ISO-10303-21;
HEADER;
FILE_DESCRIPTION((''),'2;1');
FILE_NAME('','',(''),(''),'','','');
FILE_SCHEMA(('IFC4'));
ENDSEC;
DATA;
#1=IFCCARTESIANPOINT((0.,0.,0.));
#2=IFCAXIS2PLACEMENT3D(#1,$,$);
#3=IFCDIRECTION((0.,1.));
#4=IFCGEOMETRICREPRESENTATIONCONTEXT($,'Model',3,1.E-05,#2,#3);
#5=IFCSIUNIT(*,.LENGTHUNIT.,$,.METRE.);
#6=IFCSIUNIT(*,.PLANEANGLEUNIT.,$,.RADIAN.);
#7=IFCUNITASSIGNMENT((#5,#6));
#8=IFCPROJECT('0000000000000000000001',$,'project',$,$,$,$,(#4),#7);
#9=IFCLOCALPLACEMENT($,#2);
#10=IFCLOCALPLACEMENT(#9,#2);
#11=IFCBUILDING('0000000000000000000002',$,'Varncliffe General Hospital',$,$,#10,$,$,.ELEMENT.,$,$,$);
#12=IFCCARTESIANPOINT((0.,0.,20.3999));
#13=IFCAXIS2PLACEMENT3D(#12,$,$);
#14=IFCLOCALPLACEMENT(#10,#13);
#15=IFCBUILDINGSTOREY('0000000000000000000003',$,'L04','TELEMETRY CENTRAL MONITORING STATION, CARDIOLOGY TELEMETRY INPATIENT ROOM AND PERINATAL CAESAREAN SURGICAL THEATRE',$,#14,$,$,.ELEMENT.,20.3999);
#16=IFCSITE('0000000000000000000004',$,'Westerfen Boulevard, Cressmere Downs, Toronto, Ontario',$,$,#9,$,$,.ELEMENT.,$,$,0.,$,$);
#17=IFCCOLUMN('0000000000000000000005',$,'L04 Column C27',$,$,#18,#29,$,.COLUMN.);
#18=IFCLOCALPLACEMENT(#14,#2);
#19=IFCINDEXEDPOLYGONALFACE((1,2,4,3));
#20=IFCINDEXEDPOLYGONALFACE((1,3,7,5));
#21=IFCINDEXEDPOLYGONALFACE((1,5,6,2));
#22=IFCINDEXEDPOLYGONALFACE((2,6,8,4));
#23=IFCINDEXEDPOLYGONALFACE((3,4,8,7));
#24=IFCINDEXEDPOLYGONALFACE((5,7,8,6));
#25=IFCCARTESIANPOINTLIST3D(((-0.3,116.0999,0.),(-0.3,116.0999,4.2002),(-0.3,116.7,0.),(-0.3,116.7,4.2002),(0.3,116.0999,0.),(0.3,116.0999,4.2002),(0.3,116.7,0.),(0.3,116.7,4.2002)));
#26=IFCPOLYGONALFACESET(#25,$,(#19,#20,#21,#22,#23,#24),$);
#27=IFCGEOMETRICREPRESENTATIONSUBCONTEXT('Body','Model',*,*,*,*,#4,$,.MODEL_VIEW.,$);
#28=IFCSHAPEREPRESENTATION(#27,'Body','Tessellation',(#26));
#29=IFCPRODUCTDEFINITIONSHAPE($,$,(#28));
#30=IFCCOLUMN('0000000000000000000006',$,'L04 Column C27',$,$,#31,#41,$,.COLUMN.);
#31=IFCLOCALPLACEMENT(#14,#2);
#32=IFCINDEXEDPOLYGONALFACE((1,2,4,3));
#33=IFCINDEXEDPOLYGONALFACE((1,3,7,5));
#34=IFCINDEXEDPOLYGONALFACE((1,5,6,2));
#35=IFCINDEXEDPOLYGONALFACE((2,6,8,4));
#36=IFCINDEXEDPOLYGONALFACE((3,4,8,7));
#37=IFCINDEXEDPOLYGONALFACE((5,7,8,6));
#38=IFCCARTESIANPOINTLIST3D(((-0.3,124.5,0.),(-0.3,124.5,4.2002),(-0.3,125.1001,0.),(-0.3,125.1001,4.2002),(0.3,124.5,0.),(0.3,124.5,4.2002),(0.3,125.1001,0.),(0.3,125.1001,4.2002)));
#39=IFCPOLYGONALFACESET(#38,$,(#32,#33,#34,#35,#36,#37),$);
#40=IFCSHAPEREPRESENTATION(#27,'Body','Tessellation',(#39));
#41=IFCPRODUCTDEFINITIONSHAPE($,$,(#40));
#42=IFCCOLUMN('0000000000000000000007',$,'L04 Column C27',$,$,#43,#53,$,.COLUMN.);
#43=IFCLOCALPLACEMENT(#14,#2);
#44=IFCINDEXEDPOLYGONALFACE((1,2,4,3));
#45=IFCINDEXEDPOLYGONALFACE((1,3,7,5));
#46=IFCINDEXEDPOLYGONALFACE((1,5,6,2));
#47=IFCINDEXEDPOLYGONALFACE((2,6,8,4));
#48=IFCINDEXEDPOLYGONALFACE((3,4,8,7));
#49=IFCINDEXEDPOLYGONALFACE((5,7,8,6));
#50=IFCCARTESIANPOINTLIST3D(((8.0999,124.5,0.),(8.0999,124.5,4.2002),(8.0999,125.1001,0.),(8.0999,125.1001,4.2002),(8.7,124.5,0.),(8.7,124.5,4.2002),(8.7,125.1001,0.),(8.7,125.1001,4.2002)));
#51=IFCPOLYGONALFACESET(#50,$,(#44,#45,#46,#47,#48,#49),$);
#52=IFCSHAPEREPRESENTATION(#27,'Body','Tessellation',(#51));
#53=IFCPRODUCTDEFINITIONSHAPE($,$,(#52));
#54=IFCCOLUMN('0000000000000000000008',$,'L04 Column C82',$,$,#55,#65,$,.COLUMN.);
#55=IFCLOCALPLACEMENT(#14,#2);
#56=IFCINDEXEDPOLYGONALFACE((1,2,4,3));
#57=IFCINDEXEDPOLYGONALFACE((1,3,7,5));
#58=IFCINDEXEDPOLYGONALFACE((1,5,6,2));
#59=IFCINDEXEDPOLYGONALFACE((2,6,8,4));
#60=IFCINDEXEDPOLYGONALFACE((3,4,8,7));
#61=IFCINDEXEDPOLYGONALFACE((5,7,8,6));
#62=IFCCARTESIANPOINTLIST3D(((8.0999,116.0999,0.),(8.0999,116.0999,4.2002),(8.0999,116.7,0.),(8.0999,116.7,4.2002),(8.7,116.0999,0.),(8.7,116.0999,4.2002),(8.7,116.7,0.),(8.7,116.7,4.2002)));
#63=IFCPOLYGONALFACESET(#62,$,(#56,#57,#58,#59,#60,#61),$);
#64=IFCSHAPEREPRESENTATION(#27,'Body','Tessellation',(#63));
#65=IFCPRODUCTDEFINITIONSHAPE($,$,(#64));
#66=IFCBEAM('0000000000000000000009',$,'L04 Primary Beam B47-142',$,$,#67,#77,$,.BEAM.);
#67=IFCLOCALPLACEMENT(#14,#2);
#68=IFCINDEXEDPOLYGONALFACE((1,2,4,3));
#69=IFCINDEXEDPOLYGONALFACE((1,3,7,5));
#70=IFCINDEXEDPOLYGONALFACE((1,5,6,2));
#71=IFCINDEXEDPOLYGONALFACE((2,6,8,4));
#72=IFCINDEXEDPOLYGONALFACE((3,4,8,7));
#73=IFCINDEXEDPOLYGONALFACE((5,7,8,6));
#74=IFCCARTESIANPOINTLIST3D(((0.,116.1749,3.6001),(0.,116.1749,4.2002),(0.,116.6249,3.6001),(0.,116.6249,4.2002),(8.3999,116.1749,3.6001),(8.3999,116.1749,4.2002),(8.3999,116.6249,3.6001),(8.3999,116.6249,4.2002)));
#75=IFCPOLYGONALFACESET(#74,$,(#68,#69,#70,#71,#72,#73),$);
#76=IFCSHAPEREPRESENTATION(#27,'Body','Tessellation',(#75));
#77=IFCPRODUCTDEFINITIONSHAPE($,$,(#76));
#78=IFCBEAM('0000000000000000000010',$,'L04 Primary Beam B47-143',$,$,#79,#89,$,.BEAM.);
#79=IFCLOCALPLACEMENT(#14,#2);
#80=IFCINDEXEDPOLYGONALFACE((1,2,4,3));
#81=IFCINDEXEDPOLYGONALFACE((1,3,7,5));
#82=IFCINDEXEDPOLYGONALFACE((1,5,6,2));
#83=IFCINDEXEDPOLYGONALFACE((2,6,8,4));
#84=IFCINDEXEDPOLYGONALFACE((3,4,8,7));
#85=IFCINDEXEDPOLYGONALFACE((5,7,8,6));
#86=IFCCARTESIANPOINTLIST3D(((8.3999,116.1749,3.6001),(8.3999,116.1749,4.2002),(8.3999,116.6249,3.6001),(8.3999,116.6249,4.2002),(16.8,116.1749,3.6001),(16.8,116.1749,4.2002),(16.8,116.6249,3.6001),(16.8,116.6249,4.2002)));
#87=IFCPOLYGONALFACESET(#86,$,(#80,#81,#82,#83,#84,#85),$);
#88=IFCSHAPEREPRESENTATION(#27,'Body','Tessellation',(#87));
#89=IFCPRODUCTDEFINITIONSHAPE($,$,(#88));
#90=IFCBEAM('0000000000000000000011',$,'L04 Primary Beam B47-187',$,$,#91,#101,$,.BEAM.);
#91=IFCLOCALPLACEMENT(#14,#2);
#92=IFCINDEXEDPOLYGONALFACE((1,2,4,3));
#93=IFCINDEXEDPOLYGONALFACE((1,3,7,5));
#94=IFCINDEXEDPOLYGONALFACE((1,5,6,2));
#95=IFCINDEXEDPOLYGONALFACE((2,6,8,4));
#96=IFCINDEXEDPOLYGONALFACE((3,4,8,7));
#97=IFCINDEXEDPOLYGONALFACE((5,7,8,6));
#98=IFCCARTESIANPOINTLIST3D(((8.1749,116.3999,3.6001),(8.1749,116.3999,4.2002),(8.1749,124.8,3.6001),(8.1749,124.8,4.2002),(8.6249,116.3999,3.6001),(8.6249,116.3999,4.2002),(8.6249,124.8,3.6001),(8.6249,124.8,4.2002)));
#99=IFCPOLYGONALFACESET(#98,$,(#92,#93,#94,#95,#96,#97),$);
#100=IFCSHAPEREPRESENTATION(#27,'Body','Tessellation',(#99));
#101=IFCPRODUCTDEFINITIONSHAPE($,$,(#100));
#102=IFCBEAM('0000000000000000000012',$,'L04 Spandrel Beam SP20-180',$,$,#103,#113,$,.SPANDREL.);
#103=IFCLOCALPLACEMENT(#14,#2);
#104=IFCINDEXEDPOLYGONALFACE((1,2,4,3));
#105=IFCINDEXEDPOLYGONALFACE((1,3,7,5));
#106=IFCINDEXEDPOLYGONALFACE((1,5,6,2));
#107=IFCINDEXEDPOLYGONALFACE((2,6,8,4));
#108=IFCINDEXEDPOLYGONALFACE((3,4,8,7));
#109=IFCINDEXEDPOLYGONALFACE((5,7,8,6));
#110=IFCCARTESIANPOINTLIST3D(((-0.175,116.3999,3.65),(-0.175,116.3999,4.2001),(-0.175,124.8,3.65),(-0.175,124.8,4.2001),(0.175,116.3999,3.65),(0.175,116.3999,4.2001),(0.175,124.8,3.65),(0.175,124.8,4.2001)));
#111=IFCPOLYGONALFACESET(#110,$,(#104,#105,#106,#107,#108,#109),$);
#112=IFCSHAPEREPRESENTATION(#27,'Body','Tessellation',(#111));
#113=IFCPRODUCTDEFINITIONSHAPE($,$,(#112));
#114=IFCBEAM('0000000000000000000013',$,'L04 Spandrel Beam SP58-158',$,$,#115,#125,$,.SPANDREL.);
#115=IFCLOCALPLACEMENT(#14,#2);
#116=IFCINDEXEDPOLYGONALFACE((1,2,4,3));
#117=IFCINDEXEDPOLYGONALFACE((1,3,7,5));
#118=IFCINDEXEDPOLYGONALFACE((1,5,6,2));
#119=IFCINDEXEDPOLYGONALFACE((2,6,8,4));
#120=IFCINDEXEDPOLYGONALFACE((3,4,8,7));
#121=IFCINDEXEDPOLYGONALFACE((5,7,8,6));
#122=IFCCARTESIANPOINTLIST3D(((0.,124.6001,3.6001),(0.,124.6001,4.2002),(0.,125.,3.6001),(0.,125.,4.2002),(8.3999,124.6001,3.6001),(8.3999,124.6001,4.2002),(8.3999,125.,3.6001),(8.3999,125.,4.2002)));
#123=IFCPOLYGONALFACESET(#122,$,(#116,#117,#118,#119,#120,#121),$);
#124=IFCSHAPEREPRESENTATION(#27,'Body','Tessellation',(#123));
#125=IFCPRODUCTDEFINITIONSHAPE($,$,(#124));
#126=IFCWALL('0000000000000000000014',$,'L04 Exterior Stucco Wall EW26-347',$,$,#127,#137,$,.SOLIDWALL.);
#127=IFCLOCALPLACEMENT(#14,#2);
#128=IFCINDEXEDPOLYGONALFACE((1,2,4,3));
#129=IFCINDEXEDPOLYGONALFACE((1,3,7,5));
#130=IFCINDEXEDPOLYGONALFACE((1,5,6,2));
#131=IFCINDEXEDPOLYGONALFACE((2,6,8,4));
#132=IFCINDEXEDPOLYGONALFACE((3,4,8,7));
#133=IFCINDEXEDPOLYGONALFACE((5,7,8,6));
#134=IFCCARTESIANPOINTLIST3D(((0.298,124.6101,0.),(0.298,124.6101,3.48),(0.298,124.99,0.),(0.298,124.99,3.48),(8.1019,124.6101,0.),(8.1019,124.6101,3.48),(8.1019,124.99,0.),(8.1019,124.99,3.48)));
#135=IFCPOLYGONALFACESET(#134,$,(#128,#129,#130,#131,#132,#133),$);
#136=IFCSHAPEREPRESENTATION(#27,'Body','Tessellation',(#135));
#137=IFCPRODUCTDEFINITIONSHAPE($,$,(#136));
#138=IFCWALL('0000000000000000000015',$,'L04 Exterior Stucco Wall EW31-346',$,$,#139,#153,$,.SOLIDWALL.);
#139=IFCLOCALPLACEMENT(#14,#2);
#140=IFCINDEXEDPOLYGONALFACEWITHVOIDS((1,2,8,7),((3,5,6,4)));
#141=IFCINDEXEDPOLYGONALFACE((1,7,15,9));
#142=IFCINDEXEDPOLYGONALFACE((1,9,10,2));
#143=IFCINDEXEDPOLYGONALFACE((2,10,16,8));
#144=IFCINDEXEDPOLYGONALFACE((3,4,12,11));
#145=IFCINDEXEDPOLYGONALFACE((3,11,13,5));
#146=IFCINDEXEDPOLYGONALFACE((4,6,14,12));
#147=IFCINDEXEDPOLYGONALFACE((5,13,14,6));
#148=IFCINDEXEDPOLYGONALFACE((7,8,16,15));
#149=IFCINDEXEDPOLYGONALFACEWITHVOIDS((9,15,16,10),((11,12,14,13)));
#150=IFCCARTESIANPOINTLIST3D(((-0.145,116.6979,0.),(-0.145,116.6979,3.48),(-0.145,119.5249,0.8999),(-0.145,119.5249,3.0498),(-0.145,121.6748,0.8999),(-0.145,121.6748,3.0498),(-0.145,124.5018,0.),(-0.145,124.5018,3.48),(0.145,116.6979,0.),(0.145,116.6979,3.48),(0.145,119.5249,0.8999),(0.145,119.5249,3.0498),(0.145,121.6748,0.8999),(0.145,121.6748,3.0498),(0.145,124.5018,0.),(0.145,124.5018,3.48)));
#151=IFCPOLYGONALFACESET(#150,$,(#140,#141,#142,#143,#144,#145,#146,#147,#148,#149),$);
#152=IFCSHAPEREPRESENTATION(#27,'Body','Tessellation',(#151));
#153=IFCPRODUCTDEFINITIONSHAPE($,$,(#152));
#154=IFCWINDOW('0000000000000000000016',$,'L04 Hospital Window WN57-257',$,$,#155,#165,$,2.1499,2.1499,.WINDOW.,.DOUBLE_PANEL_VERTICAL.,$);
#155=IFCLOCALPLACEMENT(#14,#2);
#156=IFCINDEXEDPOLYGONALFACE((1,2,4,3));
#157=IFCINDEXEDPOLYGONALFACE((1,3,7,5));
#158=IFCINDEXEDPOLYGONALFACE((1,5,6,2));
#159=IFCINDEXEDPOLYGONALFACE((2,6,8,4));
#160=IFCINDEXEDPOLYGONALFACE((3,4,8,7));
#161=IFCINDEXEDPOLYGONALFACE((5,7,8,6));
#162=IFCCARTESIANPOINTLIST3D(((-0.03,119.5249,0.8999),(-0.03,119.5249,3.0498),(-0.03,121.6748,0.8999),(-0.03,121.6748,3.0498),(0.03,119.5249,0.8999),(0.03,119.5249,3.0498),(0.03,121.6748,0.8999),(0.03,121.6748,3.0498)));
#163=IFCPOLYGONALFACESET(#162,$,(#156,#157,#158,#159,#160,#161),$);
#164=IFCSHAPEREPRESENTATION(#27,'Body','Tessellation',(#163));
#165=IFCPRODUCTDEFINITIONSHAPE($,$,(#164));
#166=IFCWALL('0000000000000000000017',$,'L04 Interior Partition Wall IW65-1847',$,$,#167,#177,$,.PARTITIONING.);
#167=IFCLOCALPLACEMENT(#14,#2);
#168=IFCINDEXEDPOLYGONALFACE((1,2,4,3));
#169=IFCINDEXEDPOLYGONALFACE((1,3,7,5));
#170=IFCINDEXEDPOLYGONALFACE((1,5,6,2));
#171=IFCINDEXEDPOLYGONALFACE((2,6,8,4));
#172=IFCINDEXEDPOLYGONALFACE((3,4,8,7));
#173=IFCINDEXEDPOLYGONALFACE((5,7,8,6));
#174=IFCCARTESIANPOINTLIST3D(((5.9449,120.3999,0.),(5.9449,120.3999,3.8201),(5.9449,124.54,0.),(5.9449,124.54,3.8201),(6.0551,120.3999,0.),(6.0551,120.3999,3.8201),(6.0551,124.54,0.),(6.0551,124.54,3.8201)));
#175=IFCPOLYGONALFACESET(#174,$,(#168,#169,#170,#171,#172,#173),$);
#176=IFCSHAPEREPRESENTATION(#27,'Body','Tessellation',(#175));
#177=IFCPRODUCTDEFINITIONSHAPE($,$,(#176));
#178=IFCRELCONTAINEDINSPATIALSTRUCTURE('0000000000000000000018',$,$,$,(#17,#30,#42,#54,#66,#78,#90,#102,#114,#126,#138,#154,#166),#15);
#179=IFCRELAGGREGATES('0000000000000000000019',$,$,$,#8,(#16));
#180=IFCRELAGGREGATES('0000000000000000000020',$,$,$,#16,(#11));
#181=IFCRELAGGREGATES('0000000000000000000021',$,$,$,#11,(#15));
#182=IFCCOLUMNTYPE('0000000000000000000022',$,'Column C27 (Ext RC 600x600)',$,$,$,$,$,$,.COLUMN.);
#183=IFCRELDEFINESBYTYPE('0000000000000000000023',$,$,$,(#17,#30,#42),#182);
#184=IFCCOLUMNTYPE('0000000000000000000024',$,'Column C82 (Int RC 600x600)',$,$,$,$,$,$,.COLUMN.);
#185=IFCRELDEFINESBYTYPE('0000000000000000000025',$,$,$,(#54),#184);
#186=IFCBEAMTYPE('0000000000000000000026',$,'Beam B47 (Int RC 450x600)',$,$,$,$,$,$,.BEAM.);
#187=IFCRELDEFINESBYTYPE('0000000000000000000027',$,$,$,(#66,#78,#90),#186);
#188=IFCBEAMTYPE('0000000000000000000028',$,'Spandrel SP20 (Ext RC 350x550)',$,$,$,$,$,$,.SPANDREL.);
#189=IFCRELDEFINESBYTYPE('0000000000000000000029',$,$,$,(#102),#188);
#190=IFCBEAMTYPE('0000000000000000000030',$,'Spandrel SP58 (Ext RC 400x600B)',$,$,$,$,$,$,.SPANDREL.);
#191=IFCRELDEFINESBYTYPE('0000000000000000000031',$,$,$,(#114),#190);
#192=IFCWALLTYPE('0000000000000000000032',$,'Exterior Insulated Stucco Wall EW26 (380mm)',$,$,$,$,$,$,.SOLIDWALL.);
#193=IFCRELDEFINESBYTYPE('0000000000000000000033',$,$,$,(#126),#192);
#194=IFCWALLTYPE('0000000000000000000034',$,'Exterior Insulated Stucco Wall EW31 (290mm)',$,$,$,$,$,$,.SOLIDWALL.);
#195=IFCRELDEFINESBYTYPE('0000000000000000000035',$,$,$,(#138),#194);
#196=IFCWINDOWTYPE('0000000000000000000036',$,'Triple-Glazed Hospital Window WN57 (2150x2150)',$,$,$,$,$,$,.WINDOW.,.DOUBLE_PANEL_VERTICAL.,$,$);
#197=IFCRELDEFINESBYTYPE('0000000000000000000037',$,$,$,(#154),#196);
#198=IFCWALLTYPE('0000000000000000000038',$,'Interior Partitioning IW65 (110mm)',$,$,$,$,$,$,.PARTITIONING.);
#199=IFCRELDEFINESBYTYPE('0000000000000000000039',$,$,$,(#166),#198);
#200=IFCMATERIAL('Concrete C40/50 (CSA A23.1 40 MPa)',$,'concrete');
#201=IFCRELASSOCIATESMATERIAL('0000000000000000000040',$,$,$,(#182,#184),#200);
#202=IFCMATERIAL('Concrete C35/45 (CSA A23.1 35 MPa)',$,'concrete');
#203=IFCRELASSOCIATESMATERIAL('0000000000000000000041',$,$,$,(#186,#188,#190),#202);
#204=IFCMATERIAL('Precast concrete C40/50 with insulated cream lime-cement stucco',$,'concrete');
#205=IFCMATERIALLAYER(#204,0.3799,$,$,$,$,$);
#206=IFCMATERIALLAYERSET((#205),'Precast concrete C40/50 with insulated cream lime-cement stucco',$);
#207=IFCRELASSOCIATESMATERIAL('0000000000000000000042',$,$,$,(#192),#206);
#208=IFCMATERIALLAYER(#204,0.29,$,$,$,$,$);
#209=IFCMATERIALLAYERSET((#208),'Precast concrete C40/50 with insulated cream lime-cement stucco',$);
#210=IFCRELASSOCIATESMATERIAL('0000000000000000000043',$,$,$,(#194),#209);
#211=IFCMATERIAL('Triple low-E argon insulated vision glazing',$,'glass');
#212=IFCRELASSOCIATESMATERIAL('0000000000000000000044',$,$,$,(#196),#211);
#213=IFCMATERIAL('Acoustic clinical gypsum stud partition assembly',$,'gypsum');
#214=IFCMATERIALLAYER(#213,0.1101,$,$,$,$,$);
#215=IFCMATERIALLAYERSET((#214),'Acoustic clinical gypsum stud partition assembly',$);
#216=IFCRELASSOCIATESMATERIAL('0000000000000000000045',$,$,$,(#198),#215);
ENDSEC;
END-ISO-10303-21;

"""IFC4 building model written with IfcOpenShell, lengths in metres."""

from ifc_helpers import new_model, si_unit, direction, frame, frame_2d, origin, origin_2d, place, context, subcontext, project, spatial, rectangle, extrude, material, layer, layer_set, material_profile, profile_set, type_object, element, fill, save


model = new_model("IFC4")

# Units and contexts
model_context = context("Model", 3, precision=1e-05, world=origin(), true_north=direction((0.0, 1.0)))
body_context = subcontext(model_context, "Body", "Model", "MODEL_VIEW")
ifc_project = project(units=[si_unit("LENGTHUNIT", "METRE"), si_unit("PLANEANGLEUNIT", "RADIAN")], contexts=[model_context])

# Site, building, storey
site_placement = place(None, origin())
site = spatial("IfcSite", under=ifc_project, at=site_placement, Name="Westerfen Boulevard, Cressmere Downs, Toronto, Ontario", CompositionType="ELEMENT", RefElevation=0.0)
building_placement = place(site_placement, origin())
building = spatial("IfcBuilding", under=site, at=building_placement, Name="Varncliffe General Hospital", CompositionType="ELEMENT")
storey_placement = place(building_placement, frame((0.0, 0.0, 20.3999)))
storey = spatial("IfcBuildingStorey", under=building, at=storey_placement, Name="L04", Description="TELEMETRY CENTRAL MONITORING STATION, CARDIOLOGY TELEMETRY INPATIENT ROOM AND PERINATAL CAESAREAN SURGICAL THEATRE", CompositionType="ELEMENT", Elevation=20.3999)

# Columns
ifc_material_1 = material(Name="Concrete C40/50 (CSA A23.1 40 MPa)", Category="concrete")
ifc_material_profile_1 = material_profile(ifc_material_1, rectangle(XDim=0.6001, YDim=0.6001, at=origin_2d()), Name="RC 600x600")
ifc_profile_set_1 = profile_set([ifc_material_profile_1], Name="Concrete C40/50 (CSA A23.1 40 MPa)")
column_type_1 = type_object("IfcColumnType", Name="Column C27 (Ext RC 600x600)", PredefinedType="COLUMN", material=ifc_profile_set_1)
for number, where, z_axis, x_axis, name in (
    (1, (0.0, 116.3999, 0.0), (0.0, 0.0, 1.0), (1.0, 0.0, 0.0), "L04 Column C27"),
    (2, (0.0, 124.8, 0.0), (0.0, 0.0, 1.0), (1.0, 0.0, 0.0), "L04 Column C27"),
    (3, (8.3999, 124.8, 0.0), (0.0, 0.0, 1.0), (1.0, 0.0, 0.0), "L04 Column C27"),
):
    element("IfcColumn", number, at=place(storey_placement, frame(where, z_axis=z_axis, x_axis=x_axis)), inside=storey, type_object=column_type_1, Name=name, PredefinedType="COLUMN", context=body_context, shape_type="SweptSolid", body=[
        extrude(rectangle(XDim=0.6001, YDim=0.6001, at=origin_2d()), origin(), (0.0, 0.0, 1.0), 4.2002),
    ])
ifc_material_profile_2 = material_profile(ifc_material_1, rectangle(XDim=0.6001, YDim=0.6001, at=origin_2d()), Name="RC 600x600")
ifc_profile_set_2 = profile_set([ifc_material_profile_2], Name="Concrete C40/50 (CSA A23.1 40 MPa)")
column_type_2 = type_object("IfcColumnType", Name="Column C82 (Int RC 600x600)", PredefinedType="COLUMN", material=ifc_profile_set_2)
column_placement = place(storey_placement, frame((8.3999, 116.3999, 0.0), z_axis=(0.0, 0.0, 1.0), x_axis=(1.0, 0.0, 0.0)))
element("IfcColumn", 4, at=column_placement, inside=storey, type_object=column_type_2, Name="L04 Column C82", PredefinedType="COLUMN", context=body_context, shape_type="SweptSolid", body=[
    extrude(rectangle(XDim=0.6001, YDim=0.6001, at=origin_2d()), origin(), (0.0, 0.0, 1.0), 4.2002),
])

# Beams
ifc_material_2 = material(Name="Concrete C35/45 (CSA A23.1 35 MPa)", Category="concrete")
ifc_material_profile_3 = material_profile(ifc_material_2, rectangle(XDim=0.45, YDim=0.6001, at=origin_2d()), Name="RC 450x600")
ifc_profile_set_3 = profile_set([ifc_material_profile_3], Name="Concrete C35/45 (CSA A23.1 35 MPa)")
beam_type_1 = type_object("IfcBeamType", Name="Beam B47 (Int RC 450x600)", PredefinedType="BEAM", material=ifc_profile_set_3)
beam_1_placement = place(storey_placement, frame((0.0, 116.3999, 3.9001), z_axis=(1.0, 0.0, 0.0), x_axis=(0.0, 1.0, 0.0)))
element("IfcBeam", 5, at=beam_1_placement, inside=storey, type_object=beam_type_1, Name="L04 Primary Beam B47-142", PredefinedType="BEAM", context=body_context, shape_type="SweptSolid", body=[
    extrude(rectangle(XDim=0.45, YDim=0.6001, at=origin_2d()), origin(), (0.0, 0.0, 1.0), 8.3999),
])
for number, where, z_axis, x_axis, name in (
    (6, (8.3999, 116.3999, 3.9001), (1.0, 0.0, 0.0), (0.0, 1.0, 0.0), "L04 Primary Beam B47-143"),
    (7, (8.3999, 116.3999, 3.9001), (0.0, 1.0, 0.0), (-1.0, 0.0, 0.0), "L04 Primary Beam B47-187"),
):
    element("IfcBeam", number, at=place(storey_placement, frame(where, z_axis=z_axis, x_axis=x_axis)), inside=storey, type_object=beam_type_1, Name=name, PredefinedType="BEAM", context=body_context, shape_type="SweptSolid", body=[
        extrude(rectangle(XDim=0.45, YDim=0.6001, at=origin_2d()), origin(), (0.0, 0.0, 1.0), 8.4001),
    ])
ifc_material_profile_4 = material_profile(ifc_material_2, rectangle(XDim=0.3501, YDim=0.55, at=origin_2d()), Name="RC 350x550")
ifc_profile_set_4 = profile_set([ifc_material_profile_4], Name="Concrete C35/45 (CSA A23.1 35 MPa)")
beam_type_2 = type_object("IfcBeamType", Name="Spandrel SP20 (Ext RC 350x550)", PredefinedType="SPANDREL", material=ifc_profile_set_4)
beam_2_placement = place(storey_placement, frame((0.0, 116.3999, 3.925), z_axis=(0.0, 1.0, 0.0), x_axis=(-1.0, 0.0, 0.0)))
element("IfcBeam", 8, at=beam_2_placement, inside=storey, type_object=beam_type_2, Name="L04 Spandrel Beam SP20-180", PredefinedType="SPANDREL", context=body_context, shape_type="SweptSolid", body=[
    extrude(rectangle(XDim=0.3501, YDim=0.55, at=origin_2d()), origin(), (0.0, 0.0, 1.0), 8.4001),
])
ifc_material_profile_5 = material_profile(ifc_material_2, rectangle(XDim=0.3999, YDim=0.6001, at=origin_2d()), Name="RC 400x600")
ifc_profile_set_5 = profile_set([ifc_material_profile_5], Name="Concrete C35/45 (CSA A23.1 35 MPa)")
beam_type_3 = type_object("IfcBeamType", Name="Spandrel SP58 (Ext RC 400x600B)", PredefinedType="SPANDREL", material=ifc_profile_set_5)
beam_3_placement = place(storey_placement, frame((0.0, 124.8, 3.9001), z_axis=(1.0, 0.0, 0.0), x_axis=(0.0, 1.0, 0.0)))
element("IfcBeam", 9, at=beam_3_placement, inside=storey, type_object=beam_type_3, Name="L04 Spandrel Beam SP58-158", PredefinedType="SPANDREL", context=body_context, shape_type="SweptSolid", body=[
    extrude(rectangle(XDim=0.3999, YDim=0.6001, at=origin_2d()), origin(), (0.0, 0.0, 1.0), 8.3999),
])

# Wall
ifc_material_3 = material(Name="Precast concrete C40/50 with insulated cream lime-cement stucco", Category="concrete")
ifc_layer_1 = layer(ifc_material_3, 0.3799)
ifc_layer_set_1 = layer_set([ifc_layer_1], Name="Precast concrete C40/50 with insulated cream lime-cement stucco")
wall_type_1 = type_object("IfcWallType", Name="Exterior Insulated Stucco Wall EW26 (380mm)", PredefinedType="SOLIDWALL", material=ifc_layer_set_1)
wall_1_placement = place(storey_placement, frame((0.2981, 124.8, 0.0), z_axis=(0.0, 0.0, 1.0), x_axis=(1.0, 0.0, 0.0)))
element("IfcWall", 10, at=wall_1_placement, inside=storey, type_object=wall_type_1, Name="L04 Exterior Stucco Wall EW26-347", PredefinedType="SOLIDWALL", context=body_context, shape_type="SweptSolid", body=[
    extrude(rectangle(XDim=7.804, YDim=0.3799, at=frame_2d((3.9019, 0.0))), origin(), (0.0, 0.0, 1.0), 3.48),
])

# Wall, opening, window
ifc_layer_2 = layer(ifc_material_3, 0.29)
ifc_layer_set_2 = layer_set([ifc_layer_2], Name="Precast concrete C40/50 with insulated cream lime-cement stucco")
wall_type_2 = type_object("IfcWallType", Name="Exterior Insulated Stucco Wall EW31 (290mm)", PredefinedType="SOLIDWALL", material=ifc_layer_set_2)
wall_2_placement = place(storey_placement, frame((0.0, 116.698, 0.0), z_axis=(0.0, 0.0, 1.0), x_axis=(0.0, 1.0, 0.0)))
wall_2 = element("IfcWall", 11, at=wall_2_placement, inside=storey, type_object=wall_type_2, Name="L04 Exterior Stucco Wall EW31-346", PredefinedType="SOLIDWALL", context=body_context, shape_type="SweptSolid", body=[
    extrude(rectangle(XDim=7.804, YDim=0.29, at=frame_2d((3.9019, 0.0))), origin(), (0.0, 0.0, 1.0), 3.48),
])
opening_1_placement = place(wall_2_placement, frame((2.8269, 0.0, 0.8999)))
opening_1 = element("IfcOpeningElement", 12, at=opening_1_placement, cuts=wall_2, PredefinedType="OPENING", context=body_context, shape_type="SweptSolid", body=[
    extrude(rectangle(XDim=2.1499, YDim=2.1499, at=frame_2d((1.075, 1.075))), frame((0.0, 0.155, 0.0), z_axis=(0.0, -1.0, 0.0), x_axis=(1.0, 0.0, 0.0)), (0.0, 0.0, 1.0), 0.3101),
])
ifc_material_4 = material(Name="Triple low-E argon insulated vision glazing", Category="glass")
window_type = type_object("IfcWindowType", Name="Triple-Glazed Hospital Window WN57 (2150x2150)", PartitioningType="DOUBLE_PANEL_VERTICAL", PredefinedType="WINDOW", material=ifc_material_4)
window_placement = place(opening_1_placement, origin())
window = element("IfcWindow", 13, at=window_placement, inside=storey, type_object=window_type, Name="L04 Hospital Window WN57-257", OverallHeight=2.1499, OverallWidth=2.1499, PartitioningType="DOUBLE_PANEL_VERTICAL", PredefinedType="WINDOW", context=body_context, shape_type="SweptSolid", body=[
    extrude(rectangle(XDim=2.1499, YDim=2.1499, at=frame_2d((1.075, 1.075))), frame((0.0, 0.03, 0.0), z_axis=(0.0, -1.0, 0.0), x_axis=(1.0, 0.0, 0.0)), (0.0, 0.0, 1.0), 0.0601),
])
fill(opening_1, window)

# Wall
ifc_material_5 = material(Name="Acoustic clinical gypsum stud partition assembly", Category="gypsum")
ifc_layer_3 = layer(ifc_material_5, 0.1101)
ifc_layer_set_3 = layer_set([ifc_layer_3], Name="Acoustic clinical gypsum stud partition assembly")
wall_type_3 = type_object("IfcWallType", Name="Interior Partitioning IW65 (110mm)", PredefinedType="PARTITIONING", material=ifc_layer_set_3)
wall_3_placement = place(storey_placement, frame((6.0, 120.3999, 0.0), z_axis=(0.0, 0.0, 1.0), x_axis=(0.0, 1.0, 0.0)))
element("IfcWall", 14, at=wall_3_placement, inside=storey, type_object=wall_type_3, Name="L04 Interior Partition Wall IW65-1847", PredefinedType="PARTITIONING", context=body_context, shape_type="SweptSolid", body=[
    extrude(rectangle(XDim=4.1401, YDim=0.1101, at=frame_2d((2.0701, 0.0))), origin(), (0.0, 0.0, 1.0), 3.8201),
])

save(model, "model.ifc")
